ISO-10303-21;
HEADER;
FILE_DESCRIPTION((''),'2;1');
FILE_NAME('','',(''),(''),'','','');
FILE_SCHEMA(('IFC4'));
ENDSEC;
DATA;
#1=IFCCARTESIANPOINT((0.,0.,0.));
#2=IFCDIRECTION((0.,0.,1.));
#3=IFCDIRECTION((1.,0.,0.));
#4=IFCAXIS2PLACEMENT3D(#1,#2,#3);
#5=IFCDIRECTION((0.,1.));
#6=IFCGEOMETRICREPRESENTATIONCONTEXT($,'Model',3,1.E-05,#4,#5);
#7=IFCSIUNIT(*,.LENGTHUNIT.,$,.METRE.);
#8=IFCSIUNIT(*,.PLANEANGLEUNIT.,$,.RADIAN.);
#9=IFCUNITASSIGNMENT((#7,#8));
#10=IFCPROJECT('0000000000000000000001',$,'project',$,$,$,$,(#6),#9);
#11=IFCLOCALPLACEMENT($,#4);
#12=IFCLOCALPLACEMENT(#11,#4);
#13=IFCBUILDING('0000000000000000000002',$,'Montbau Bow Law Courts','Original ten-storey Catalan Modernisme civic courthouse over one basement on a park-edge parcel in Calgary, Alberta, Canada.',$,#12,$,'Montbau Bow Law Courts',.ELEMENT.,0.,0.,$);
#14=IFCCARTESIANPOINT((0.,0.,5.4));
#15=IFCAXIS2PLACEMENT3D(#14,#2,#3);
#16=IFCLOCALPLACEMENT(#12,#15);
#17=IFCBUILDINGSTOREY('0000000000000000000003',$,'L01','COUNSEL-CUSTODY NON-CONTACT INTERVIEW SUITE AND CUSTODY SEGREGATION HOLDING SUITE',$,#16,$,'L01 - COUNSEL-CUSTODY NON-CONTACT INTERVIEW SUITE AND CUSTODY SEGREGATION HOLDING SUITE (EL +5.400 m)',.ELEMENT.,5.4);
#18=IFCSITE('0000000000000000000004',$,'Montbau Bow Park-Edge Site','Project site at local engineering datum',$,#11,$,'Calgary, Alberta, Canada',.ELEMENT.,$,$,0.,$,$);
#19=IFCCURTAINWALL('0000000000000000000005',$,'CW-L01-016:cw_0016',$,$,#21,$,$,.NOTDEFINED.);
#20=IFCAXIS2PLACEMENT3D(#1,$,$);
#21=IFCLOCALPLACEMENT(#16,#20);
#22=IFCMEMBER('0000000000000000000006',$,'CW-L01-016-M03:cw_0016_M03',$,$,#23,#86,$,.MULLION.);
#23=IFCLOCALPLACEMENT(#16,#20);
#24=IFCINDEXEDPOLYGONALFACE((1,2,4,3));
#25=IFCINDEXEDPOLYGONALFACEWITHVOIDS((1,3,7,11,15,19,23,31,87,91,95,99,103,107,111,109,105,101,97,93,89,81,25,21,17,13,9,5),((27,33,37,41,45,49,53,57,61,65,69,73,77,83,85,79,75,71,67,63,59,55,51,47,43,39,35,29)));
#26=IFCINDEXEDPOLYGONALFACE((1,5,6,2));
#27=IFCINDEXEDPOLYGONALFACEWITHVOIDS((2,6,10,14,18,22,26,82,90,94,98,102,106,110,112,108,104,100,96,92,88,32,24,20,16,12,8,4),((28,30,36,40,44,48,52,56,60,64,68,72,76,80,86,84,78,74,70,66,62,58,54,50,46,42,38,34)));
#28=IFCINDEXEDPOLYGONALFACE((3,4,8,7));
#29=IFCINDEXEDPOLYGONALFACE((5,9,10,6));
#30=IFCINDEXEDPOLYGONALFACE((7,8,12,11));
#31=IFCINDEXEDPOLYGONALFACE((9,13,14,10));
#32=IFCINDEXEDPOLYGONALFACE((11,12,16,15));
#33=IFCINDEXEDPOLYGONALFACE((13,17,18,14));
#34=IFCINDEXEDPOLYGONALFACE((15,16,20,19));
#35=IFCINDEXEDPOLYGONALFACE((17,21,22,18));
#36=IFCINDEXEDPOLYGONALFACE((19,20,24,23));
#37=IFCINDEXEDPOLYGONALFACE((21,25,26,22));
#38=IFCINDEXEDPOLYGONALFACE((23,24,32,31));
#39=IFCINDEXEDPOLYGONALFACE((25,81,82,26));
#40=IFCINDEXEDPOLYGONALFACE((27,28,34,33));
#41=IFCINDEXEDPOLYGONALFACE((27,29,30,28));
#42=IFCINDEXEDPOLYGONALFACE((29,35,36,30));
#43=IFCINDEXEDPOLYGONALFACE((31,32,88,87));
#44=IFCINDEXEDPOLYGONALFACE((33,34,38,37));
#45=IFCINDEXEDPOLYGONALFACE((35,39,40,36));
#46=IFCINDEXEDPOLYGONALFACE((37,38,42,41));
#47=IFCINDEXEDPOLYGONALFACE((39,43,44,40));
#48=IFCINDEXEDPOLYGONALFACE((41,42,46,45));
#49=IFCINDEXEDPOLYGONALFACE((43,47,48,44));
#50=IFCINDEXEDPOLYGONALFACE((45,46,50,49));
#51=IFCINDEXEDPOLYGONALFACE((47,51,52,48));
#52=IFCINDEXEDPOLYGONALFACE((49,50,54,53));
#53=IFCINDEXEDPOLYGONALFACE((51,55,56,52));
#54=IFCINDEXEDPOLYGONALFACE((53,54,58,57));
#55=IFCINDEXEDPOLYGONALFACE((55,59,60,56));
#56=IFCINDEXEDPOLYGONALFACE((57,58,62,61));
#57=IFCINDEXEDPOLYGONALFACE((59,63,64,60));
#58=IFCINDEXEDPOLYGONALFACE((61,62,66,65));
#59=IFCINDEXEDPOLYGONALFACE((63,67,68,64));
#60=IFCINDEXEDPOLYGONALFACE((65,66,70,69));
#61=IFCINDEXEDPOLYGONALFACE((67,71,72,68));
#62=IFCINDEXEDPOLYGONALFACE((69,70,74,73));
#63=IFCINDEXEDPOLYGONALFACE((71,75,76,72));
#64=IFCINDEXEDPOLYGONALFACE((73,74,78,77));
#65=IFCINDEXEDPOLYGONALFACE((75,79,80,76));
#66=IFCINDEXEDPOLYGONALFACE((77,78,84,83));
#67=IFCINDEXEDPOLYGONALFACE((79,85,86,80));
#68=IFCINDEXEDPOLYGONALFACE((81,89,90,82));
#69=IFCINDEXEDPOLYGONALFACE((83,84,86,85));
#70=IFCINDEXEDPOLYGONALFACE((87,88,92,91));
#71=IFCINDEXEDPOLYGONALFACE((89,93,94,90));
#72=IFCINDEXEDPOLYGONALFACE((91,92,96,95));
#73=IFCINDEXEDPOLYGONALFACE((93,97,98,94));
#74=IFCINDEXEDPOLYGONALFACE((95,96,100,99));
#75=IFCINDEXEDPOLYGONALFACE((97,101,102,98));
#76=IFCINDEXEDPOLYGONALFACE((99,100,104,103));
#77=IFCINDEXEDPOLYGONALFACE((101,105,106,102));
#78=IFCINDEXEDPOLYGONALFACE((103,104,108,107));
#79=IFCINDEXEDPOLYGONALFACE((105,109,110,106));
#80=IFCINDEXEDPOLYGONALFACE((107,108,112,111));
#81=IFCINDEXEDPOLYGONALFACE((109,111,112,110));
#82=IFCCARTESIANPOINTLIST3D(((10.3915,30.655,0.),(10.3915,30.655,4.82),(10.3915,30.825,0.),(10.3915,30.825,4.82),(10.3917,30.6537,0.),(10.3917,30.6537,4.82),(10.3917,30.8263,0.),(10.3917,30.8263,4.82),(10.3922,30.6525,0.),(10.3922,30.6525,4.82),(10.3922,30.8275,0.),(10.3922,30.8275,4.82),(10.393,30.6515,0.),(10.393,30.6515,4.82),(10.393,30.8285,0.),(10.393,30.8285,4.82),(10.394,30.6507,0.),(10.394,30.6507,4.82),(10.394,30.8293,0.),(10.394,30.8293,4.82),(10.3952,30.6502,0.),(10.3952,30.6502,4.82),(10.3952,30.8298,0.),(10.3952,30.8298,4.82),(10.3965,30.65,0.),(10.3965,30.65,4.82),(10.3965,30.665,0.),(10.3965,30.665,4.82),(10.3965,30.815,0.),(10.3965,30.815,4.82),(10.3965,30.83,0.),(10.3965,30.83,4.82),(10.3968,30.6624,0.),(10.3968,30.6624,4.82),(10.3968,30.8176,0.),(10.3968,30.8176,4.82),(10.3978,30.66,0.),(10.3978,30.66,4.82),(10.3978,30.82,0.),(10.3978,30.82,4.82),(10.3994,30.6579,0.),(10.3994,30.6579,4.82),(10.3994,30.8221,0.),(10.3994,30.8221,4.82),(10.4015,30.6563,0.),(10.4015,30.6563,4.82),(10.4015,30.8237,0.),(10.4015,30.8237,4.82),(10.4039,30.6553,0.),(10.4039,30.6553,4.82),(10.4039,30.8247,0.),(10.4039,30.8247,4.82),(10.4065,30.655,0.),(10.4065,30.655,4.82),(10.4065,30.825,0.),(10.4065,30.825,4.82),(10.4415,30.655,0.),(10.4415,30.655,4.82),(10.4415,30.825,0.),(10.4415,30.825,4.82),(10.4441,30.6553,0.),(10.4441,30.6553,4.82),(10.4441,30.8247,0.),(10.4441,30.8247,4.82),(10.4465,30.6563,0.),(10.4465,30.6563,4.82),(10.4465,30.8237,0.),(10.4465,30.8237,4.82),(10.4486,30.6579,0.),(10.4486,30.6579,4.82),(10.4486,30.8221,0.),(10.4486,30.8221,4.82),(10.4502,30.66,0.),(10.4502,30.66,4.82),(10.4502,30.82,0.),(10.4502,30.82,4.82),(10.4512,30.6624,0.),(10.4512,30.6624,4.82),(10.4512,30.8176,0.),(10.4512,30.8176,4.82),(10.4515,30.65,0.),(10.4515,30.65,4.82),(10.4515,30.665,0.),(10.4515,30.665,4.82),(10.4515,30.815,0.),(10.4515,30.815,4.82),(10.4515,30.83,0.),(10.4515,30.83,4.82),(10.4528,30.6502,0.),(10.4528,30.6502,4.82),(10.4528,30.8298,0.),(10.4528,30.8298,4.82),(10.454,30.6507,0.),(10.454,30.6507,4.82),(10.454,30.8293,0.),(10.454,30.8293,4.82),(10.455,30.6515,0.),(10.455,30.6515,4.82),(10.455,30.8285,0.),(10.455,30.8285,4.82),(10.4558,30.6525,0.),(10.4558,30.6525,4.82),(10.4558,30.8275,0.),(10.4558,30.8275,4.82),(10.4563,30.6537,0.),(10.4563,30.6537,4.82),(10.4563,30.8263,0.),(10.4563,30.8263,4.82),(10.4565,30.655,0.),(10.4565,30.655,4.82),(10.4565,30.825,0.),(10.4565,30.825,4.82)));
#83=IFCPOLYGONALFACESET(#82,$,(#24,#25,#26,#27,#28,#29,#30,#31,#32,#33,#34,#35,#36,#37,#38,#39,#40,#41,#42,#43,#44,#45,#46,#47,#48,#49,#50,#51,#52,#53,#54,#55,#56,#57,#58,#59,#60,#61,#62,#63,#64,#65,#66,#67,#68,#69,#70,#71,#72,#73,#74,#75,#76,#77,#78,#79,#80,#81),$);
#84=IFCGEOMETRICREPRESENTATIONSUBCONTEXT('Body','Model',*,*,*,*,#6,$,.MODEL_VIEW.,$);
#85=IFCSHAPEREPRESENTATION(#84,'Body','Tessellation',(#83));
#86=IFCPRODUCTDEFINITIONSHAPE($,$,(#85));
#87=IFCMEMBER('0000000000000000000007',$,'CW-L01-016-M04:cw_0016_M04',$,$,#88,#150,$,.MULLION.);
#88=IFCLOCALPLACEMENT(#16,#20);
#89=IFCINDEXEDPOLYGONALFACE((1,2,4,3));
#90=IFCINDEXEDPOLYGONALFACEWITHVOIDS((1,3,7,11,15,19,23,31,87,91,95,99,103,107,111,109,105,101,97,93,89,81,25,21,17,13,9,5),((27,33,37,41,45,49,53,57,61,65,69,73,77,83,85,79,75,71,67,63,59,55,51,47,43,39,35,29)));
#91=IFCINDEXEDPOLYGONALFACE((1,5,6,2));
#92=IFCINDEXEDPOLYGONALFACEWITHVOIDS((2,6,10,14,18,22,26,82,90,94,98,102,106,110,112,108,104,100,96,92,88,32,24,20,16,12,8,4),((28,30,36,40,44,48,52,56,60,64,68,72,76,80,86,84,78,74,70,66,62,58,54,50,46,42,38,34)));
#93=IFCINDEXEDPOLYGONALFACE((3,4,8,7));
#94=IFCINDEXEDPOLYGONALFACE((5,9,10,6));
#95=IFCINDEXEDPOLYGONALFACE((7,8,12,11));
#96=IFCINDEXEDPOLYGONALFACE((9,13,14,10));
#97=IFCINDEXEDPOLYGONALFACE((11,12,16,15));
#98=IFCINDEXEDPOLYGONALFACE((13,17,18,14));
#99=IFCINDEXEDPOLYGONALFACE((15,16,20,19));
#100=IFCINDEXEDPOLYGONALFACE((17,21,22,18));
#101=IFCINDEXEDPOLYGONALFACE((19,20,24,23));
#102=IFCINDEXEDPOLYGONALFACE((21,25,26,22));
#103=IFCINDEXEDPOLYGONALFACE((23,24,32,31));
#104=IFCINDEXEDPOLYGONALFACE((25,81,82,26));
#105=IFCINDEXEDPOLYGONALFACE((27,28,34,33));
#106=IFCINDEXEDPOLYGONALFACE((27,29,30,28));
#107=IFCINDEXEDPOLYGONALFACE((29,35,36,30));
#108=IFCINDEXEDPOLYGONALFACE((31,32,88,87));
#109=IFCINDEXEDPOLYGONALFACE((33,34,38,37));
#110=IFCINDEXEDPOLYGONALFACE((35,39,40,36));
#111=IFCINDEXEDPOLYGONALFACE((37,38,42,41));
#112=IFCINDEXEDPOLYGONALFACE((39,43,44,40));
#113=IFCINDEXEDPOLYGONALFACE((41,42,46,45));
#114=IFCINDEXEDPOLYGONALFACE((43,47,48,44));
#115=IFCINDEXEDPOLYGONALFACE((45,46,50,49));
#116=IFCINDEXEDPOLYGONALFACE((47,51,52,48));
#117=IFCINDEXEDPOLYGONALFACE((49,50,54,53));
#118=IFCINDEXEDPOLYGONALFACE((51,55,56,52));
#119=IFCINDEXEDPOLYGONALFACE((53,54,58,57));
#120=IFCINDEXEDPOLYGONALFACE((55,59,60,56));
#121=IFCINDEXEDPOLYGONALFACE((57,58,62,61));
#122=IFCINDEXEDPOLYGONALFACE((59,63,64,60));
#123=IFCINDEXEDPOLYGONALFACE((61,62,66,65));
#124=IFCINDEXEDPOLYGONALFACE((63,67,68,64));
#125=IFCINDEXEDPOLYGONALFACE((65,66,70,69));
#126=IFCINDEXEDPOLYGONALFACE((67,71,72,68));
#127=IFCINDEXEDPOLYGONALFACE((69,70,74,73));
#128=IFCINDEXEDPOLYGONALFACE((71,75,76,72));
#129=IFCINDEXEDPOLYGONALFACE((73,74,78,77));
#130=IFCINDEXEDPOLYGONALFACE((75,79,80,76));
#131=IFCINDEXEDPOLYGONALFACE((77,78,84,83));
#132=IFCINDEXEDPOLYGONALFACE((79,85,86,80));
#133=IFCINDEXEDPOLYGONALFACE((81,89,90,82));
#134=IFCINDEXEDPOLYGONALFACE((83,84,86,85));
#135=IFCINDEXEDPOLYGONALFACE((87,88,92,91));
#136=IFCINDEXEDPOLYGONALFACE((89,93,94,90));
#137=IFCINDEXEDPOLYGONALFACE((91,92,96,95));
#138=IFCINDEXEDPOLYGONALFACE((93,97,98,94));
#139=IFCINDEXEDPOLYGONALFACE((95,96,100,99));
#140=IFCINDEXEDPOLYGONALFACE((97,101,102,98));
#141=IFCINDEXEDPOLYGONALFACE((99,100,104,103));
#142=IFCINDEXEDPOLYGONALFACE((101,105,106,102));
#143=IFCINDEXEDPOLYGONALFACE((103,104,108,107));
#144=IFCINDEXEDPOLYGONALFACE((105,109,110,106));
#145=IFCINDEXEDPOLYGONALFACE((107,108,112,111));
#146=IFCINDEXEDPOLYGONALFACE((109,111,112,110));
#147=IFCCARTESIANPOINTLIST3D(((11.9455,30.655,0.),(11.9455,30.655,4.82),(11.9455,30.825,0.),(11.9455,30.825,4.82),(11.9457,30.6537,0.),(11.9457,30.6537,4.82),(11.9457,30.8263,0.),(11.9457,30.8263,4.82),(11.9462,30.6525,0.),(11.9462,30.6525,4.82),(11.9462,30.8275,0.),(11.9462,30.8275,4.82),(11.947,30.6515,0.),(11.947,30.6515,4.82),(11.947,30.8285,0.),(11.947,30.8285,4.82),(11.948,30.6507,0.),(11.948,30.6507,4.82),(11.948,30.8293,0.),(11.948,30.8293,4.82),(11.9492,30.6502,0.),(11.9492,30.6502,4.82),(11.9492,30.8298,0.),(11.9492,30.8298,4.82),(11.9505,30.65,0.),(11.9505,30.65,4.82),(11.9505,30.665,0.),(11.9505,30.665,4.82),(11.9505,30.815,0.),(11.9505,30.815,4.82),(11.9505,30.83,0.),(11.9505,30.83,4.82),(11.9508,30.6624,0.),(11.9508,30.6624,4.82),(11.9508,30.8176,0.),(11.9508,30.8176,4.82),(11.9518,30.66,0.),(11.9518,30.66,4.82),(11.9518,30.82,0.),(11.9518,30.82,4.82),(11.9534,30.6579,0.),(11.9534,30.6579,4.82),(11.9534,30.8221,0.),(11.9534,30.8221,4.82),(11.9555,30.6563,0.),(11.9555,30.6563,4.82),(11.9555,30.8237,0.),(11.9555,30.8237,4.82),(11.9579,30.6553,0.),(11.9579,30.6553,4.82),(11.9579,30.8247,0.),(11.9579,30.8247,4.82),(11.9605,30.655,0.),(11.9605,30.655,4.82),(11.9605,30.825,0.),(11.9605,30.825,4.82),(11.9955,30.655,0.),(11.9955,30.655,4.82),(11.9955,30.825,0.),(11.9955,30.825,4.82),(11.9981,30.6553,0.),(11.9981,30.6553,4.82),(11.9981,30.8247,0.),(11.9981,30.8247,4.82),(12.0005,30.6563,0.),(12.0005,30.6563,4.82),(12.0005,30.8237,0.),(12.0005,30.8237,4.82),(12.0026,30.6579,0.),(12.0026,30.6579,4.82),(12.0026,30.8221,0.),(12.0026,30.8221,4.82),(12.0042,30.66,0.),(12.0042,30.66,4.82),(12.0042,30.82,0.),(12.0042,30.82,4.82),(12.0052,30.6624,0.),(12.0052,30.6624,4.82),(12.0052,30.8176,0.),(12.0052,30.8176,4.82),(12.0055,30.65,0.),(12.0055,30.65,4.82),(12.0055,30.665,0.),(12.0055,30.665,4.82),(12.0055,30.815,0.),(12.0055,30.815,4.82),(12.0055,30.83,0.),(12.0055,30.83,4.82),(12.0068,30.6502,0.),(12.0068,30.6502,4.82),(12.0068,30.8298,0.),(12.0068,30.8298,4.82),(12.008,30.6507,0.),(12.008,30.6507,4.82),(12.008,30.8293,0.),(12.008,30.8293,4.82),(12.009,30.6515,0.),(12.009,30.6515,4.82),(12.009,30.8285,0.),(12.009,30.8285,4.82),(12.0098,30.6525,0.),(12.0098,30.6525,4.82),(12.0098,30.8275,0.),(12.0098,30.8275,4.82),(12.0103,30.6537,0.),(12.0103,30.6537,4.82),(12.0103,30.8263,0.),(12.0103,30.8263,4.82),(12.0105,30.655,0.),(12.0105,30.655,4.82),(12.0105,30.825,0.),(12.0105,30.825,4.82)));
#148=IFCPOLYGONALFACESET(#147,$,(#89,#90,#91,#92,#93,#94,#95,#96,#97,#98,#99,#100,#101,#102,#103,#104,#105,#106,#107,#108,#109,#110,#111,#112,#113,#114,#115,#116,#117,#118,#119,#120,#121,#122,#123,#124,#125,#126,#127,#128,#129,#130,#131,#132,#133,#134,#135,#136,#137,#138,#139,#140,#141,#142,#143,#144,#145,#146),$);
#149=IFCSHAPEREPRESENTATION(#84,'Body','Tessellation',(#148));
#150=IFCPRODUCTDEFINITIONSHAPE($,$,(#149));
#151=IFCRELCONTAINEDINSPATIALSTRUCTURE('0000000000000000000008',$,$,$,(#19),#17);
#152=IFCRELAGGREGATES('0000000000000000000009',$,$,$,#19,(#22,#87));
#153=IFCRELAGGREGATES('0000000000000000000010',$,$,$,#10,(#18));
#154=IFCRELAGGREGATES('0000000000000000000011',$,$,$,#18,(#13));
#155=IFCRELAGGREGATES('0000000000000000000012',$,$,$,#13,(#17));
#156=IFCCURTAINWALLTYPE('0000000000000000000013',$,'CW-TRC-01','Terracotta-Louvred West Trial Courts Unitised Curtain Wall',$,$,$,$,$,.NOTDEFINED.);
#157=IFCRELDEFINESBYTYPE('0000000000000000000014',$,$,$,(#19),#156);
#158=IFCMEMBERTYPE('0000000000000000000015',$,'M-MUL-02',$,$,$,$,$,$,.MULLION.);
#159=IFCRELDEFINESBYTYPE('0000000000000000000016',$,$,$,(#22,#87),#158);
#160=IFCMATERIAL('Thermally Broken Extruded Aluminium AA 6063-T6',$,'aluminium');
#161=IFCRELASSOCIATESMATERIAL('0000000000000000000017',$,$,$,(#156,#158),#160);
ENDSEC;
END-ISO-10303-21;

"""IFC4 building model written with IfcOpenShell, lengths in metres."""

from ifc_helpers import new_model, si_unit, direction, frame, origin_with_axes, origin_2d_with_axis, place, context, subcontext, project, spatial, hollow_rectangle, extrude, material, material_profile, profile_set, type_object, element, aggregate, save


model = new_model("IFC4")

# Units and contexts
model_context = context("Model", 3, precision=1e-05, world=origin_with_axes(), true_north=direction((0.0, 1.0)))
body_context = subcontext(model_context, "Body", "Model", "MODEL_VIEW")
ifc_project = project(units=[si_unit("LENGTHUNIT", "METRE"), si_unit("PLANEANGLEUNIT", "RADIAN")], contexts=[model_context])

# Site, building, storey
site_placement = place(None, origin_with_axes())
site = spatial("IfcSite", under=ifc_project, at=site_placement, Name="Montbau Bow Park-Edge Site", Description="Project site at local engineering datum", LongName="Calgary, Alberta, Canada", CompositionType="ELEMENT", RefElevation=0.0)
building_placement = place(site_placement, origin_with_axes())
building = spatial("IfcBuilding", under=site, at=building_placement, Name="Montbau Bow Law Courts", Description="Original ten-storey Catalan Modernisme civic courthouse over one basement on a park-edge parcel in Calgary, Alberta, Canada.", LongName="Montbau Bow Law Courts", CompositionType="ELEMENT", ElevationOfRefHeight=0.0, ElevationOfTerrain=0.0)
storey_placement = place(building_placement, frame((0.0, 0.0, 5.4), z_axis=(0.0, 0.0, 1.0), x_axis=(1.0, 0.0, 0.0)))
storey = spatial("IfcBuildingStorey", under=building, at=storey_placement, Name="L01", Description="COUNSEL-CUSTODY NON-CONTACT INTERVIEW SUITE AND CUSTODY SEGREGATION HOLDING SUITE", LongName="L01 - COUNSEL-CUSTODY NON-CONTACT INTERVIEW SUITE AND CUSTODY SEGREGATION HOLDING SUITE (EL +5.400 m)", CompositionType="ELEMENT", Elevation=5.4)

# Curtain wall, members
ifc_material_1 = material(Name="Thermally Broken Extruded Aluminium AA 6063-T6", Category="aluminium")
curtain_wall_type = type_object("IfcCurtainWallType", Name="CW-TRC-01", Description="Terracotta-Louvred West Trial Courts Unitised Curtain Wall", PredefinedType="NOTDEFINED", material=ifc_material_1)
curtain_wall_1_placement = place(None, frame((7.315, 30.74, 5.4), z_axis=(0.0, 0.0, 1.0), x_axis=(1.0, 0.0, 0.0)))
curtain_wall_1 = element("IfcCurtainWall", 1, at=curtain_wall_1_placement, inside=storey, type_object=curtain_wall_type, Name="CW-L01-016:cw_0016", PredefinedType="NOTDEFINED")
ifc_material_profile_1 = material_profile(ifc_material_1, hollow_rectangle(XDim=0.065, YDim=0.18, WallThickness=0.005, InnerFilletRadius=0.01, OuterFilletRadius=0.005, at=origin_2d_with_axis()), Name="CWM-180X65", Category="Main", Priority=0)
ifc_profile_set_1 = profile_set([ifc_material_profile_1], Name="Thermally Broken Extruded Aluminium AA 6063-T6")
member_type_1 = type_object("IfcMemberType", Name="M-MUL-02", PredefinedType="MULLION", material=ifc_profile_set_1)
member_1_placement = place(None, frame((10.424, 30.74, 5.4), z_axis=(0.0, 0.0, 1.0), x_axis=(1.0, 0.0, 0.0)))
member_1 = element("IfcMember", 2, at=member_1_placement, type_object=member_type_1, Name="CW-L01-016-M03:cw_0016_M03", PredefinedType="MULLION", context=body_context, shape_type="SweptSolid", body=[
    extrude(hollow_rectangle(XDim=0.065, YDim=0.18, WallThickness=0.005, InnerFilletRadius=0.01, OuterFilletRadius=0.005, at=origin_2d_with_axis()), origin_with_axes(), (0.0, 0.0, 1.0), 4.82),
])
member_2_placement = place(None, frame((11.978, 30.74, 5.4), z_axis=(0.0, 0.0, 1.0), x_axis=(1.0, 0.0, 0.0)))
member_2 = element("IfcMember", 3, at=member_2_placement, type_object=member_type_1, Name="CW-L01-016-M04:cw_0016_M04", PredefinedType="MULLION", context=body_context, shape_type="SweptSolid", body=[
    extrude(hollow_rectangle(XDim=0.065, YDim=0.18, WallThickness=0.005, InnerFilletRadius=0.01, OuterFilletRadius=0.005, at=origin_2d_with_axis()), origin_with_axes(), (0.0, 0.0, 1.0), 4.82),
])

aggregate(curtain_wall_1, [member_1, member_2])

save(model, "model.ifc")
